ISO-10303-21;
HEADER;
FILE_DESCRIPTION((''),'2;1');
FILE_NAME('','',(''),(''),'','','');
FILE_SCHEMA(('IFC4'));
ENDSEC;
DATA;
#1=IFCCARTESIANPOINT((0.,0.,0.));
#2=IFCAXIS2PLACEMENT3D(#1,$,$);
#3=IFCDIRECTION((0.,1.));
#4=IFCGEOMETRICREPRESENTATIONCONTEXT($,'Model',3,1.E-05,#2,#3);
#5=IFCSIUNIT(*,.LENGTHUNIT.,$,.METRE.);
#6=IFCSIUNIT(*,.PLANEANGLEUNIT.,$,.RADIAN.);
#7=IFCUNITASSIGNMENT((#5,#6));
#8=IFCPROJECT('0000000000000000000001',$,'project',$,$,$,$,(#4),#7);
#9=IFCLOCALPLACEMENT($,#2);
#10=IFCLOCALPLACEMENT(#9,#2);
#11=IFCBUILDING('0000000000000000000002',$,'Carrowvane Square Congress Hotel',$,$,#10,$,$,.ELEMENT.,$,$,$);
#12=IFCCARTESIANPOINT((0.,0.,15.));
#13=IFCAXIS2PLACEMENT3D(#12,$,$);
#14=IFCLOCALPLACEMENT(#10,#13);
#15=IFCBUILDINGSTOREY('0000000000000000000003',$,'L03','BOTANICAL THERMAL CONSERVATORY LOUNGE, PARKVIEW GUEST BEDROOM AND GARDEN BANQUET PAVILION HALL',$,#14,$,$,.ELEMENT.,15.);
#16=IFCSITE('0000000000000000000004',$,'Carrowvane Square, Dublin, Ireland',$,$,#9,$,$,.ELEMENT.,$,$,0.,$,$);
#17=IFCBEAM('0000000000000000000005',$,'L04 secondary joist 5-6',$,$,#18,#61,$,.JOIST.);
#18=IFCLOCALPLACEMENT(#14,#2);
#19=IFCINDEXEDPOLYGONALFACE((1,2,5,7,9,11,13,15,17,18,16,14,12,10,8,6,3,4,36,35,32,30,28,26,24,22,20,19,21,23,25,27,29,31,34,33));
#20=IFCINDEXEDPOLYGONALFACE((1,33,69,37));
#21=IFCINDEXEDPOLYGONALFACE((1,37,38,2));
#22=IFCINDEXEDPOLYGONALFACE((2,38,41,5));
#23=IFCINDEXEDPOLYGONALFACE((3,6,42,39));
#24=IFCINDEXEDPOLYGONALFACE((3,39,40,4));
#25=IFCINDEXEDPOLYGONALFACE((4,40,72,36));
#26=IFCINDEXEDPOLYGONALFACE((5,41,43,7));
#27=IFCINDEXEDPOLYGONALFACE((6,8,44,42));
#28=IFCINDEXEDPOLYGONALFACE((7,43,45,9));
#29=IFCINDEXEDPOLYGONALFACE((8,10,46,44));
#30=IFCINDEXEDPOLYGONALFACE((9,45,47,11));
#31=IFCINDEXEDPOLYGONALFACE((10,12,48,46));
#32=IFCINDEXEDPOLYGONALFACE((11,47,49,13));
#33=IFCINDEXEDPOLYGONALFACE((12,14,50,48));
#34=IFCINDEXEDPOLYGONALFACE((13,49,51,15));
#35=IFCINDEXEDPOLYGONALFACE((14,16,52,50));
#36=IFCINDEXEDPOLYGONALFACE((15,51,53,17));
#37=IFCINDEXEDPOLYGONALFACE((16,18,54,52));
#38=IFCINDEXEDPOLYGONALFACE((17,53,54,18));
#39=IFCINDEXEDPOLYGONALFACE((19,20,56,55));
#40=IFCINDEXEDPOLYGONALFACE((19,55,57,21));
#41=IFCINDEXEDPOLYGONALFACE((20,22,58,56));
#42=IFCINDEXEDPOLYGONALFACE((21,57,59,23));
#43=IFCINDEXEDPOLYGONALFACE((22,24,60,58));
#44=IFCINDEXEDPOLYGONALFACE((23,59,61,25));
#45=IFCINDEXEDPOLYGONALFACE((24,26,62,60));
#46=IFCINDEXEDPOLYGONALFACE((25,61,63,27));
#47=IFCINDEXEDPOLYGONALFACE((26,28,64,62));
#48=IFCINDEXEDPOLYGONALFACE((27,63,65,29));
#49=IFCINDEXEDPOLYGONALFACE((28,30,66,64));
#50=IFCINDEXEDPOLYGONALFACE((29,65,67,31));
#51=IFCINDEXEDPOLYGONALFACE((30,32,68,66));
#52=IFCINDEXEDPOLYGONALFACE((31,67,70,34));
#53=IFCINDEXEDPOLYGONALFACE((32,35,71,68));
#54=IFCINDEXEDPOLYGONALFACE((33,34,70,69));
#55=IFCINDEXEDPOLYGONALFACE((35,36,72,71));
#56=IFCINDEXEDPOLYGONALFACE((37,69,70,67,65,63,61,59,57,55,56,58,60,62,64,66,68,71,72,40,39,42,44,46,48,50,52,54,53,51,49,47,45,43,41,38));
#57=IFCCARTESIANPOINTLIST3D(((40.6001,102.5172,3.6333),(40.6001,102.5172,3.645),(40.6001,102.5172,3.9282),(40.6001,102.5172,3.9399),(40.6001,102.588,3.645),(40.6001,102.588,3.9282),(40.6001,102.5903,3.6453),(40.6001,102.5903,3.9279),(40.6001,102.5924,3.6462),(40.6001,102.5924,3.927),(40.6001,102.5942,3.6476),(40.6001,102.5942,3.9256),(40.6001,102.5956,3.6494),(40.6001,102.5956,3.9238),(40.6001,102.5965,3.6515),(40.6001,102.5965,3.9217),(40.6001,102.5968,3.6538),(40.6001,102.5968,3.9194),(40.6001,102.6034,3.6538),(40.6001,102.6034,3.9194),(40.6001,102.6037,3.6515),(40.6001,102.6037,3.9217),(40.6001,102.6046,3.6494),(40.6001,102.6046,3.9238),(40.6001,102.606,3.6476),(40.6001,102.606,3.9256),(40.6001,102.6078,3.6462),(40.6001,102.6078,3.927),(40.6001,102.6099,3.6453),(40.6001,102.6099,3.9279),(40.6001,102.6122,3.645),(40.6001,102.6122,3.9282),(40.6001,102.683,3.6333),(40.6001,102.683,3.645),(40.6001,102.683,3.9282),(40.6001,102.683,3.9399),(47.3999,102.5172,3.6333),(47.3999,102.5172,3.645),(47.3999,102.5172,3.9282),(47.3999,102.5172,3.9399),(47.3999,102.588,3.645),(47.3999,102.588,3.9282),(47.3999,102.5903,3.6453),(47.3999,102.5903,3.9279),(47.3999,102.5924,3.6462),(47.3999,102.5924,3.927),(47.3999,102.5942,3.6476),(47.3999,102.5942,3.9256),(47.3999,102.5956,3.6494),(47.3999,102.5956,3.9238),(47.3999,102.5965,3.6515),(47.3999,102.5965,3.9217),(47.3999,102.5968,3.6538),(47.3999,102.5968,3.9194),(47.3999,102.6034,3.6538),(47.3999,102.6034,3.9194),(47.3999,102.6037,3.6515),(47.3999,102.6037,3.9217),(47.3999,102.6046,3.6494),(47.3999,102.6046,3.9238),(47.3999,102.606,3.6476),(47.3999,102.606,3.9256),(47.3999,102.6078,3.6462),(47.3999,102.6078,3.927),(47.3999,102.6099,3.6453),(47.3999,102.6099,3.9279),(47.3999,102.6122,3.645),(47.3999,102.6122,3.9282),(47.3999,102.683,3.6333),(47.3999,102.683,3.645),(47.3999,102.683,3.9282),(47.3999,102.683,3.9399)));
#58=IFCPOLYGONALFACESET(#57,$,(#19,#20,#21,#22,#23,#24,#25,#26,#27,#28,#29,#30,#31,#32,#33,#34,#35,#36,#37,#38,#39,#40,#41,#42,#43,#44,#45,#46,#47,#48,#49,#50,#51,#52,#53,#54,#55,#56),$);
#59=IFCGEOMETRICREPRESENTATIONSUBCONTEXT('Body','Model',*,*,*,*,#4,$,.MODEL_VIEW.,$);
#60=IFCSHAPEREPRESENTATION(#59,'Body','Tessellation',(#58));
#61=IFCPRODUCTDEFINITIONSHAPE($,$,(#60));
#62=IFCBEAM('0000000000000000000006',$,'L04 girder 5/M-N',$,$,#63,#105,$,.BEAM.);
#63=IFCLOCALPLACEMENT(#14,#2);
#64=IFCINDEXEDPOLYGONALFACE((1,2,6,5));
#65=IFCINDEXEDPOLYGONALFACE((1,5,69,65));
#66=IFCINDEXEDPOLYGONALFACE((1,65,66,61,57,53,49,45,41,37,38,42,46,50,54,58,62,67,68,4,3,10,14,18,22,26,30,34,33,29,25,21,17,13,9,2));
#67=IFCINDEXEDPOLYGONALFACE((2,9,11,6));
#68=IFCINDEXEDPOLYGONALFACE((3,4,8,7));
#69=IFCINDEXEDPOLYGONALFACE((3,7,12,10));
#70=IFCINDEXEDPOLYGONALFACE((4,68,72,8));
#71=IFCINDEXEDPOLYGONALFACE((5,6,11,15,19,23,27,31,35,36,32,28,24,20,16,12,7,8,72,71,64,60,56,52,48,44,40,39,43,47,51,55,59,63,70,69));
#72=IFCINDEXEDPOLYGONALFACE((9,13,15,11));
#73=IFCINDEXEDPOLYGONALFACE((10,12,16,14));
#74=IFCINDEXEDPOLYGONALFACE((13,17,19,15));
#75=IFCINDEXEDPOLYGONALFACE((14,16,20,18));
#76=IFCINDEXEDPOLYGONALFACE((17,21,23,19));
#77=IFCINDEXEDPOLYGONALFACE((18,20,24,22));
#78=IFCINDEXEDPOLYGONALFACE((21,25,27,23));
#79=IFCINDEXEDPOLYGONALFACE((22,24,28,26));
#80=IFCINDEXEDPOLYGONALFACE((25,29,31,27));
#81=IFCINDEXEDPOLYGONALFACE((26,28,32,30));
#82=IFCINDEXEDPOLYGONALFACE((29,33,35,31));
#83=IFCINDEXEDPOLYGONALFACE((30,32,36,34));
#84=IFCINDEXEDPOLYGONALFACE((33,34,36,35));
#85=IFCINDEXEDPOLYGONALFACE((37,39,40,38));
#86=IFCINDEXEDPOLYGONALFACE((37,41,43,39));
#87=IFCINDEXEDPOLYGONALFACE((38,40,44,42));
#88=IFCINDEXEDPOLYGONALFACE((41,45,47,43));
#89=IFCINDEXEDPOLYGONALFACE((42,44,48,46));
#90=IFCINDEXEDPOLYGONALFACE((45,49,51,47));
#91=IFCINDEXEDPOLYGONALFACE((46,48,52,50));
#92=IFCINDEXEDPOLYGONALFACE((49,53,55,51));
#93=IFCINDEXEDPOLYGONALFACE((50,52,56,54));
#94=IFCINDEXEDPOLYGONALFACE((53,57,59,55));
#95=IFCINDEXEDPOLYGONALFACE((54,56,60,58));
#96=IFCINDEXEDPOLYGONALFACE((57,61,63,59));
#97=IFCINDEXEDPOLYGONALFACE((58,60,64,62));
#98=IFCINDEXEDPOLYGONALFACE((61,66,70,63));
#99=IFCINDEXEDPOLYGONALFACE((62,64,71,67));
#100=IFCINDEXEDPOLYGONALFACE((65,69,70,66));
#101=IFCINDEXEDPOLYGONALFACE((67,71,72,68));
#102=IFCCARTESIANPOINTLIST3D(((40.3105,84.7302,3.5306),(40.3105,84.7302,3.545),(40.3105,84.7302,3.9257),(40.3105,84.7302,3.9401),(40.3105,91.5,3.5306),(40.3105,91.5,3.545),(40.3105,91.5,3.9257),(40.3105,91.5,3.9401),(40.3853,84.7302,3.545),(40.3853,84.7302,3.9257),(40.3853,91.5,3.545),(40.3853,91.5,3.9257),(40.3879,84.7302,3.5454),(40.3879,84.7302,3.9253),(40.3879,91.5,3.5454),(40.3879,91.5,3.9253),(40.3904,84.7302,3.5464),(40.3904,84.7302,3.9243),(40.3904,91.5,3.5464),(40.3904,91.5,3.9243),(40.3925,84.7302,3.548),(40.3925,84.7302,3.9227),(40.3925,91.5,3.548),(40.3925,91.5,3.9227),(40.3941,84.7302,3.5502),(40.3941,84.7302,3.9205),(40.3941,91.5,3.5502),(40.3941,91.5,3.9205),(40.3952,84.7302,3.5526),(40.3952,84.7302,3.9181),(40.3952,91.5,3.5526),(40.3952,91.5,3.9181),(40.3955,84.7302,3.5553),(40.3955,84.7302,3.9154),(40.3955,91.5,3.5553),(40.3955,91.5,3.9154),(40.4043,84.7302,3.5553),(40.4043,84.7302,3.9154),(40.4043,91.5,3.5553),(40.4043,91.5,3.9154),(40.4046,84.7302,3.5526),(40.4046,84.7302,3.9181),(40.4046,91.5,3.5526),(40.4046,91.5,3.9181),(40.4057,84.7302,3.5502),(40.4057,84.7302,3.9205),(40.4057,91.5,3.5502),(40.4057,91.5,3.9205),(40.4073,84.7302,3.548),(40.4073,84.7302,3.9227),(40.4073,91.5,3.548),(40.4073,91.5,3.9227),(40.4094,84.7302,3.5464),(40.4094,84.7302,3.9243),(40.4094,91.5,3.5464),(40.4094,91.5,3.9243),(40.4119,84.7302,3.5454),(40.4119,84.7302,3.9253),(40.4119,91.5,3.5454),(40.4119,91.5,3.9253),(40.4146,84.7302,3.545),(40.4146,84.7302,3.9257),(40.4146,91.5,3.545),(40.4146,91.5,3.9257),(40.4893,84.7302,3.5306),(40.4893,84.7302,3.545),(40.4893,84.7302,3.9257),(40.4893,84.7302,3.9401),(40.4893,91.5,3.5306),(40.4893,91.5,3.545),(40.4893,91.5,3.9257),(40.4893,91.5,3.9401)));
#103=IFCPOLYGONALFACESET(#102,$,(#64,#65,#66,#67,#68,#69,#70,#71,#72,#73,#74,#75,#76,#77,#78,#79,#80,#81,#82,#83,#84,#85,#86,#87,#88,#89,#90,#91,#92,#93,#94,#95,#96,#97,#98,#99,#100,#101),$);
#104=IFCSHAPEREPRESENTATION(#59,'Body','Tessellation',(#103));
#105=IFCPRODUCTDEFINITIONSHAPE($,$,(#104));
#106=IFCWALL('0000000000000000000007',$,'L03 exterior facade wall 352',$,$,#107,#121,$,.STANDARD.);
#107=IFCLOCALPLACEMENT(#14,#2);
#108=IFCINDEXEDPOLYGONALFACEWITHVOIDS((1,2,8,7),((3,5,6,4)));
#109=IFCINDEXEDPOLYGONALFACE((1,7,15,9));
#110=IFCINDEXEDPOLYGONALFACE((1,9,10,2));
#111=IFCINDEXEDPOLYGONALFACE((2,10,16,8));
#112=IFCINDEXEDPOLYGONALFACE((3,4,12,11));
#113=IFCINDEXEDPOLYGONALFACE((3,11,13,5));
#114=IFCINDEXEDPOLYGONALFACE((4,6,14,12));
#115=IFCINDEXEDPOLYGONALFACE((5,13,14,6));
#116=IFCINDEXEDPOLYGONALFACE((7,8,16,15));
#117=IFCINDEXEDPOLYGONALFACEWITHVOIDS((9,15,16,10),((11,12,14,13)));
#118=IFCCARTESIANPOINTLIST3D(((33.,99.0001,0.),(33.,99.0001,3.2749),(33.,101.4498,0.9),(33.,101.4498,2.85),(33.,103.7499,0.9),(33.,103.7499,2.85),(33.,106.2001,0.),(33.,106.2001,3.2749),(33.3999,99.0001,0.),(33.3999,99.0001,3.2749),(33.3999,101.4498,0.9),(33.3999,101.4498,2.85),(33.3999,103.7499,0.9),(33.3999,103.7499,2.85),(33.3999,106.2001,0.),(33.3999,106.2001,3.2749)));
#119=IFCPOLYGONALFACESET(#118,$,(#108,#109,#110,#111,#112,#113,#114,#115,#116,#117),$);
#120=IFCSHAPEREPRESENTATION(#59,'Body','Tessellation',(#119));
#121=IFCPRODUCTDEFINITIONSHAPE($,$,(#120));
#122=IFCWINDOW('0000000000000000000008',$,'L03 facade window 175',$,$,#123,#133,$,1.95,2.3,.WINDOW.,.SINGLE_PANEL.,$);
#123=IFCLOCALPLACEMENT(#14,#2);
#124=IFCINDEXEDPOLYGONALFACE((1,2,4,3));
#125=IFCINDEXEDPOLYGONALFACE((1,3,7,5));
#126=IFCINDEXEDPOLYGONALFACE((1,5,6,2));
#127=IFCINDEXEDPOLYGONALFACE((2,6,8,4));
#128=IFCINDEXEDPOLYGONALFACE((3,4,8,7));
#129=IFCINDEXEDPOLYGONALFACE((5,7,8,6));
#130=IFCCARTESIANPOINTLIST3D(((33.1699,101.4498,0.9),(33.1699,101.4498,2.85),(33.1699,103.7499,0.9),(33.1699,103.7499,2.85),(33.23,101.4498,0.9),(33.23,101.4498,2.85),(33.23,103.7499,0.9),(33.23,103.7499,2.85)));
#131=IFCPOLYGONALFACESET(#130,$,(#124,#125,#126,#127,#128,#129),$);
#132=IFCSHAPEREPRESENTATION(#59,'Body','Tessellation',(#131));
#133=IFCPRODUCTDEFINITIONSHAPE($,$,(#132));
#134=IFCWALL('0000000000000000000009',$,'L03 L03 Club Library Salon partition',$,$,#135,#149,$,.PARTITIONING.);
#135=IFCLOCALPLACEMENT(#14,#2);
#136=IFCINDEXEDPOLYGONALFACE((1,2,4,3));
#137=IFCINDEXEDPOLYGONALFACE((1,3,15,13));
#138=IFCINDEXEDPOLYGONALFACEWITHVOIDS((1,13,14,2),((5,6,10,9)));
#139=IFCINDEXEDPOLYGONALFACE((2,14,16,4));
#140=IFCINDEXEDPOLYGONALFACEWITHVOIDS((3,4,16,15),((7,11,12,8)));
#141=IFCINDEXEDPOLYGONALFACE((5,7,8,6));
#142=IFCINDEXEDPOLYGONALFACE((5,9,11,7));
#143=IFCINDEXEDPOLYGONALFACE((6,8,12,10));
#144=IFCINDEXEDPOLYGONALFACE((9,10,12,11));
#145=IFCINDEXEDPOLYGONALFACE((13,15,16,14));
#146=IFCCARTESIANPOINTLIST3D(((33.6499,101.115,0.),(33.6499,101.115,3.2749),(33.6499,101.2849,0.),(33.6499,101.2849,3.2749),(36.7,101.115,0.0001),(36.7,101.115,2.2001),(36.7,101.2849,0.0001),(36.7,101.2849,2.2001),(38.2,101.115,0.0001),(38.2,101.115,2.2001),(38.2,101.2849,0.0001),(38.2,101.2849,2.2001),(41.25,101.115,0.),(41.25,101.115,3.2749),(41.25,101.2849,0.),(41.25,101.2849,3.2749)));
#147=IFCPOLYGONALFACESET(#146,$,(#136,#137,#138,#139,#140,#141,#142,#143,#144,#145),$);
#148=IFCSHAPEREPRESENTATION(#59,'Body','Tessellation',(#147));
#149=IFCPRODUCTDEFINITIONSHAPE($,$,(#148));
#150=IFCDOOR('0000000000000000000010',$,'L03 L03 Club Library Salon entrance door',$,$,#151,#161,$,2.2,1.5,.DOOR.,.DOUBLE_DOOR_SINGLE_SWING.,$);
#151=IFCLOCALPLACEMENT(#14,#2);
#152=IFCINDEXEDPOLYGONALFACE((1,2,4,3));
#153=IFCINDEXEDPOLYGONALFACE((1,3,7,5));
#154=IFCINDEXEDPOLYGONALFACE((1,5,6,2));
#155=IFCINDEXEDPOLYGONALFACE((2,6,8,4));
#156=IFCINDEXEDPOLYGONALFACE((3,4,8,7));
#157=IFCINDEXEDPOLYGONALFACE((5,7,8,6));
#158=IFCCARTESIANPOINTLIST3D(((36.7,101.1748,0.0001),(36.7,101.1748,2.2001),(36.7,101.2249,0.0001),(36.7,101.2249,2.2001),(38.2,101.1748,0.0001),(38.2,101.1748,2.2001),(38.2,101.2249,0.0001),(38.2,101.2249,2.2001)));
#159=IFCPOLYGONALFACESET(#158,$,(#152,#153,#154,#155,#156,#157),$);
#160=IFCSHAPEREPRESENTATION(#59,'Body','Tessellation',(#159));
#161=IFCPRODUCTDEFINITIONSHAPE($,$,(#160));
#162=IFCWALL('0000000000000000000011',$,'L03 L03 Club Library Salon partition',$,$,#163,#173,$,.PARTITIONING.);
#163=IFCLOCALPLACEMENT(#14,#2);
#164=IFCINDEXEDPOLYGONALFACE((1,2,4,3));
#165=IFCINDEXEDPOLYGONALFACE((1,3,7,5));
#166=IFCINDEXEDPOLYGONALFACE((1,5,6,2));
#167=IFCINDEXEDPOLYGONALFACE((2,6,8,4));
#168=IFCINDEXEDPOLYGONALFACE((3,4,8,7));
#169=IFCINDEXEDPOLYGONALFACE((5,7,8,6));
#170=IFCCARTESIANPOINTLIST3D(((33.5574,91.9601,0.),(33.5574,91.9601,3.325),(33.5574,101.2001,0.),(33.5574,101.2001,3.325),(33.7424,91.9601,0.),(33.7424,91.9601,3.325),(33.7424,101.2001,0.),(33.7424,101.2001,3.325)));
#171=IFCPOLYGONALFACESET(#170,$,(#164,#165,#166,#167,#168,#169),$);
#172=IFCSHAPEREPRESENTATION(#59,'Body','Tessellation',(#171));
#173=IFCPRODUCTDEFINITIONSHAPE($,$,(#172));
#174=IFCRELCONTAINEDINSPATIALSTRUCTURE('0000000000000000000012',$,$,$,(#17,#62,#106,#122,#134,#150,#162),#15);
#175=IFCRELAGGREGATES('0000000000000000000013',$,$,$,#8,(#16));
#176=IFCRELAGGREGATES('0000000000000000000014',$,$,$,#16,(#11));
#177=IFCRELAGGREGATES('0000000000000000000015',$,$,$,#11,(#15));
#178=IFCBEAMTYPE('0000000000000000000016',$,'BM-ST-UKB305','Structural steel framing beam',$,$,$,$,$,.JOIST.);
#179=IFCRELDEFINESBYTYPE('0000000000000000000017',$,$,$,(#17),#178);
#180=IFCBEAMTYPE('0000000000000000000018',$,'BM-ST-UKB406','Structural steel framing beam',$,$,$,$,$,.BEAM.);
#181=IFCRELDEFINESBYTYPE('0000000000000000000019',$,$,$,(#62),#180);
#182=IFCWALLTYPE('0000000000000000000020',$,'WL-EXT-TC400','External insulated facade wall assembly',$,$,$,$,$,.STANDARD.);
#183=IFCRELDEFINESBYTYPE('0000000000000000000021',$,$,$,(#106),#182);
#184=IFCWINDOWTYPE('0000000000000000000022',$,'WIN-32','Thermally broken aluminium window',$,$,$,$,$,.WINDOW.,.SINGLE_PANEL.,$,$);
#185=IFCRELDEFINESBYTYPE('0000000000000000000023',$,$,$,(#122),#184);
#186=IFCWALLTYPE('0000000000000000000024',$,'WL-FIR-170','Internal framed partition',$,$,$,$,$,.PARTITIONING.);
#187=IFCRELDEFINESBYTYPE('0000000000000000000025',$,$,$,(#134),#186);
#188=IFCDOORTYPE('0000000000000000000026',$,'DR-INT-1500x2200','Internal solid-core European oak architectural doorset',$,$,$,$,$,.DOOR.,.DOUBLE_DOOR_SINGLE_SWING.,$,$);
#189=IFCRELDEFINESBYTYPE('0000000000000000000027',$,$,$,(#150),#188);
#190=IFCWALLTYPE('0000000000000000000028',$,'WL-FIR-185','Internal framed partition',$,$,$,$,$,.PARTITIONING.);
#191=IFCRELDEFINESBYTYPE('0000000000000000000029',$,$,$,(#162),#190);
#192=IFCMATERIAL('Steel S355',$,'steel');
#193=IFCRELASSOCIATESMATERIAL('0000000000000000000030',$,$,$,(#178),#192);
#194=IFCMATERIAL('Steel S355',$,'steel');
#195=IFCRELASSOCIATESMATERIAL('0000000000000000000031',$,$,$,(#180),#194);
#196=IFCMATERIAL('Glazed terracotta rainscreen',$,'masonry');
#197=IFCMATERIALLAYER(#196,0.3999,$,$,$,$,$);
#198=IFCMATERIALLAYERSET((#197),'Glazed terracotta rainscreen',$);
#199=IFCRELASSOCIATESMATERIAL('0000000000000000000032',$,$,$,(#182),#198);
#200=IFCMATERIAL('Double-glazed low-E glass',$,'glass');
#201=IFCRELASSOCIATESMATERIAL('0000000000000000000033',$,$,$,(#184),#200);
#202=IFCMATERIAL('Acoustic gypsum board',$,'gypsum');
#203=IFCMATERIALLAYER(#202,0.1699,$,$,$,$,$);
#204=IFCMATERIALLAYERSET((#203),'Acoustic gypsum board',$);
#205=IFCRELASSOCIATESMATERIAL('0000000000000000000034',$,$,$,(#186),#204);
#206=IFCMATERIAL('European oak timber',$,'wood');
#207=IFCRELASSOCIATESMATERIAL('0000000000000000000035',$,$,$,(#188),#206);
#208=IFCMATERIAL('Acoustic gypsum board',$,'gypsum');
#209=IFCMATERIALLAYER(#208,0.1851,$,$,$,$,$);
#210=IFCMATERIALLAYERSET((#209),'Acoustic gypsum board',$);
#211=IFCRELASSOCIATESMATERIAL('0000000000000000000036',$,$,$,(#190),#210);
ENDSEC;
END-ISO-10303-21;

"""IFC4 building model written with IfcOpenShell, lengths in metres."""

from ifc_helpers import new_model, si_unit, direction, frame, frame_2d, origin, origin_2d, place, context, subcontext, project, spatial, rectangle, i_section, extrude, material, layer, layer_set, material_profile, profile_set, type_object, element, fill, save


model = new_model("IFC4")

# Units and contexts
model_context = context("Model", 3, precision=1e-05, world=origin(), true_north=direction((0.0, 1.0)))
body_context = subcontext(model_context, "Body", "Model", "MODEL_VIEW")
ifc_project = project(units=[si_unit("LENGTHUNIT", "METRE"), si_unit("PLANEANGLEUNIT", "RADIAN")], contexts=[model_context])

# Site, building, storey
site_placement = place(None, origin())
site = spatial("IfcSite", under=ifc_project, at=site_placement, Name="Carrowvane Square, Dublin, Ireland", CompositionType="ELEMENT", RefElevation=0.0)
building_placement = place(site_placement, origin())
building = spatial("IfcBuilding", under=site, at=building_placement, Name="Carrowvane Square Congress Hotel", CompositionType="ELEMENT")
storey_placement = place(building_placement, frame((0.0, 0.0, 15.0)))
storey = spatial("IfcBuildingStorey", under=building, at=storey_placement, Name="L03", Description="BOTANICAL THERMAL CONSERVATORY LOUNGE, PARKVIEW GUEST BEDROOM AND GARDEN BANQUET PAVILION HALL", CompositionType="ELEMENT", Elevation=15.0)

# Beams
ifc_material_1 = material(Name="Steel S355", Category="steel")
ifc_material_profile_1 = material_profile(ifc_material_1, i_section(OverallWidth=0.1658, OverallDepth=0.3066, WebThickness=0.0066, FlangeThickness=0.0117, FilletRadius=0.0088, at=origin_2d()), Name="UKB 305x165x46")
ifc_profile_set_1 = profile_set([ifc_material_profile_1], Name="Steel S355")
beam_type_1 = type_object("IfcBeamType", Name="BM-ST-UKB305", Description="Structural steel framing beam", PredefinedType="JOIST", material=ifc_profile_set_1)
for number, where, z_axis, x_axis, name in (
    (1, (40.6001, 102.6001, 3.7866), (1.0, 0.0, 0.0), (0.0, 1.0, 0.0), "L04 secondary joist 5-6"),
):
    element("IfcBeam", number, at=place(storey_placement, frame(where, z_axis=z_axis, x_axis=x_axis)), inside=storey, type_object=beam_type_1, Name=name, PredefinedType="JOIST", context=body_context, shape_type="SweptSolid", body=[
        extrude(i_section(OverallWidth=0.1658, OverallDepth=0.3066, WebThickness=0.0066, FlangeThickness=0.0117, FilletRadius=0.0088, at=origin_2d()), origin(), (0.0, 0.0, 1.0), 6.7998),
    ])
ifc_material_2 = material(Name="Steel S355", Category="steel")
ifc_material_profile_2 = material_profile(ifc_material_2, i_section(OverallWidth=0.1787, OverallDepth=0.4094, WebThickness=0.0088, FlangeThickness=0.0144, FilletRadius=0.0103, at=origin_2d()), Name="UKB 406x178x67")
ifc_profile_set_2 = profile_set([ifc_material_profile_2], Name="Steel S355")
beam_type_2 = type_object("IfcBeamType", Name="BM-ST-UKB406", Description="Structural steel framing beam", PredefinedType="BEAM", material=ifc_profile_set_2)
beam_1_placement = place(storey_placement, frame((40.3999, 84.7302, 3.7354), z_axis=(0.0, 1.0, 0.0), x_axis=(-1.0, 0.0, 0.0)))
element("IfcBeam", 2, at=beam_1_placement, inside=storey, type_object=beam_type_2, Name="L04 girder 5/M-N", PredefinedType="BEAM", context=body_context, shape_type="SweptSolid", body=[
    extrude(i_section(OverallWidth=0.1787, OverallDepth=0.4094, WebThickness=0.0088, FlangeThickness=0.0144, FilletRadius=0.0103, at=origin_2d()), origin(), (0.0, 0.0, 1.0), 6.7698),
])

# Wall, opening, window
ifc_material_3 = material(Name="Glazed terracotta rainscreen", Category="masonry")
ifc_layer_1 = layer(ifc_material_3, 0.3999)
ifc_layer_set_1 = layer_set([ifc_layer_1], Name="Glazed terracotta rainscreen")
wall_type_1 = type_object("IfcWallType", Name="WL-EXT-TC400", Description="External insulated facade wall assembly", PredefinedType="STANDARD", material=ifc_layer_set_1)
wall_1_placement = place(storey_placement, frame((33.2, 99.0, 0.0), z_axis=(0.0, 0.0, 1.0), x_axis=(0.0, 1.0, 0.0)))
wall_1 = element("IfcWall", 3, at=wall_1_placement, inside=storey, type_object=wall_type_1, Name="L03 exterior facade wall 352", PredefinedType="STANDARD", context=body_context, shape_type="SweptSolid", body=[
    extrude(rectangle(XDim=7.2, YDim=0.3999, at=frame_2d((3.6001, 0.0))), origin(), (0.0, 0.0, 1.0), 3.2749),
])
opening_1_placement = place(wall_1_placement, frame((2.45, 0.0, 0.8999)))
opening_1 = element("IfcOpeningElement", 4, at=opening_1_placement, cuts=wall_1, PredefinedType="OPENING", context=body_context, shape_type="SweptSolid", body=[
    extrude(rectangle(XDim=2.3, YDim=1.95, at=frame_2d((1.1499, 0.9751))), frame((0.0, 0.21, 0.0), z_axis=(0.0, -1.0, 0.0), x_axis=(1.0, 0.0, 0.0)), (0.0, 0.0, 1.0), 0.4199),
])
ifc_material_4 = material(Name="Double-glazed low-E glass", Category="glass")
window_type = type_object("IfcWindowType", Name="WIN-32", Description="Thermally broken aluminium window", PartitioningType="SINGLE_PANEL", PredefinedType="WINDOW", material=ifc_material_4)
window_placement = place(opening_1_placement, origin())
window = element("IfcWindow", 5, at=window_placement, inside=storey, type_object=window_type, Name="L03 facade window 175", OverallHeight=1.95, OverallWidth=2.3, PartitioningType="SINGLE_PANEL", PredefinedType="WINDOW", context=body_context, shape_type="SweptSolid", body=[
    extrude(rectangle(XDim=2.3, YDim=1.95, at=frame_2d((1.1499, 0.9751))), frame((0.0, 0.03, 0.0), z_axis=(0.0, -1.0, 0.0), x_axis=(1.0, 0.0, 0.0)), (0.0, 0.0, 1.0), 0.0601),
])
fill(opening_1, window)

# Wall, opening, door
ifc_material_5 = material(Name="Acoustic gypsum board", Category="gypsum")
ifc_layer_2 = layer(ifc_material_5, 0.1699)
ifc_layer_set_2 = layer_set([ifc_layer_2], Name="Acoustic gypsum board")
wall_type_2 = type_object("IfcWallType", Name="WL-FIR-170", Description="Internal framed partition", PredefinedType="PARTITIONING", material=ifc_layer_set_2)
wall_2_placement = place(storey_placement, frame((33.6499, 101.2, 0.0), z_axis=(0.0, 0.0, 1.0), x_axis=(1.0, 0.0, 0.0)))
wall_2 = element("IfcWall", 6, at=wall_2_placement, inside=storey, type_object=wall_type_2, Name="L03 L03 Club Library Salon partition", PredefinedType="PARTITIONING", context=body_context, shape_type="SweptSolid", body=[
    extrude(rectangle(XDim=7.6001, YDim=0.1699, at=frame_2d((3.8, 0.0))), origin(), (0.0, 0.0, 1.0), 3.2749),
])
opening_2_placement = place(wall_2_placement, frame((3.05, 0.0, 0.0)))
opening_2 = element("IfcOpeningElement", 7, at=opening_2_placement, cuts=wall_2, PredefinedType="OPENING", context=body_context, shape_type="SweptSolid", body=[
    extrude(rectangle(XDim=1.5, YDim=2.2, at=frame_2d((0.75, 1.1001))), frame((0.0, 0.095, 0.0), z_axis=(0.0, -1.0, 0.0), x_axis=(1.0, 0.0, 0.0)), (0.0, 0.0, 1.0), 0.1899),
])
ifc_material_6 = material(Name="European oak timber", Category="wood")
door_type_1 = type_object("IfcDoorType", Name="DR-INT-1500x2200", Description="Internal solid-core European oak architectural doorset", OperationType="DOUBLE_DOOR_SINGLE_SWING", PredefinedType="DOOR", material=ifc_material_6)
door_1_placement = place(opening_2_placement, origin())
door_1 = element("IfcDoor", 8, at=door_1_placement, inside=storey, type_object=door_type_1, Name="L03 L03 Club Library Salon entrance door", OperationType="DOUBLE_DOOR_SINGLE_SWING", OverallHeight=2.2, OverallWidth=1.5, PredefinedType="DOOR", context=body_context, shape_type="SweptSolid", body=[
    extrude(rectangle(XDim=1.5, YDim=2.2, at=frame_2d((0.75, 1.1001))), frame((0.0, 0.0249, 0.0), z_axis=(0.0, -1.0, 0.0), x_axis=(1.0, 0.0, 0.0)), (0.0, 0.0, 1.0), 0.05),
])
fill(opening_2, door_1)

# Wall
ifc_material_7 = material(Name="Acoustic gypsum board", Category="gypsum")
ifc_layer_3 = layer(ifc_material_7, 0.1851)
ifc_layer_set_3 = layer_set([ifc_layer_3], Name="Acoustic gypsum board")
wall_type_3 = type_object("IfcWallType", Name="WL-FIR-185", Description="Internal framed partition", PredefinedType="PARTITIONING", material=ifc_layer_set_3)
wall_3_placement = place(storey_placement, frame((33.6499, 91.96, 0.0), z_axis=(0.0, 0.0, 1.0), x_axis=(0.0, 1.0, 0.0)))
element("IfcWall", 9, at=wall_3_placement, inside=storey, type_object=wall_type_3, Name="L03 L03 Club Library Salon partition", PredefinedType="PARTITIONING", context=body_context, shape_type="SweptSolid", body=[
    extrude(rectangle(XDim=9.24, YDim=0.1851, at=frame_2d((4.6201, 0.0))), origin(), (0.0, 0.0, 1.0), 3.325),
])

save(model, "model.ifc")
